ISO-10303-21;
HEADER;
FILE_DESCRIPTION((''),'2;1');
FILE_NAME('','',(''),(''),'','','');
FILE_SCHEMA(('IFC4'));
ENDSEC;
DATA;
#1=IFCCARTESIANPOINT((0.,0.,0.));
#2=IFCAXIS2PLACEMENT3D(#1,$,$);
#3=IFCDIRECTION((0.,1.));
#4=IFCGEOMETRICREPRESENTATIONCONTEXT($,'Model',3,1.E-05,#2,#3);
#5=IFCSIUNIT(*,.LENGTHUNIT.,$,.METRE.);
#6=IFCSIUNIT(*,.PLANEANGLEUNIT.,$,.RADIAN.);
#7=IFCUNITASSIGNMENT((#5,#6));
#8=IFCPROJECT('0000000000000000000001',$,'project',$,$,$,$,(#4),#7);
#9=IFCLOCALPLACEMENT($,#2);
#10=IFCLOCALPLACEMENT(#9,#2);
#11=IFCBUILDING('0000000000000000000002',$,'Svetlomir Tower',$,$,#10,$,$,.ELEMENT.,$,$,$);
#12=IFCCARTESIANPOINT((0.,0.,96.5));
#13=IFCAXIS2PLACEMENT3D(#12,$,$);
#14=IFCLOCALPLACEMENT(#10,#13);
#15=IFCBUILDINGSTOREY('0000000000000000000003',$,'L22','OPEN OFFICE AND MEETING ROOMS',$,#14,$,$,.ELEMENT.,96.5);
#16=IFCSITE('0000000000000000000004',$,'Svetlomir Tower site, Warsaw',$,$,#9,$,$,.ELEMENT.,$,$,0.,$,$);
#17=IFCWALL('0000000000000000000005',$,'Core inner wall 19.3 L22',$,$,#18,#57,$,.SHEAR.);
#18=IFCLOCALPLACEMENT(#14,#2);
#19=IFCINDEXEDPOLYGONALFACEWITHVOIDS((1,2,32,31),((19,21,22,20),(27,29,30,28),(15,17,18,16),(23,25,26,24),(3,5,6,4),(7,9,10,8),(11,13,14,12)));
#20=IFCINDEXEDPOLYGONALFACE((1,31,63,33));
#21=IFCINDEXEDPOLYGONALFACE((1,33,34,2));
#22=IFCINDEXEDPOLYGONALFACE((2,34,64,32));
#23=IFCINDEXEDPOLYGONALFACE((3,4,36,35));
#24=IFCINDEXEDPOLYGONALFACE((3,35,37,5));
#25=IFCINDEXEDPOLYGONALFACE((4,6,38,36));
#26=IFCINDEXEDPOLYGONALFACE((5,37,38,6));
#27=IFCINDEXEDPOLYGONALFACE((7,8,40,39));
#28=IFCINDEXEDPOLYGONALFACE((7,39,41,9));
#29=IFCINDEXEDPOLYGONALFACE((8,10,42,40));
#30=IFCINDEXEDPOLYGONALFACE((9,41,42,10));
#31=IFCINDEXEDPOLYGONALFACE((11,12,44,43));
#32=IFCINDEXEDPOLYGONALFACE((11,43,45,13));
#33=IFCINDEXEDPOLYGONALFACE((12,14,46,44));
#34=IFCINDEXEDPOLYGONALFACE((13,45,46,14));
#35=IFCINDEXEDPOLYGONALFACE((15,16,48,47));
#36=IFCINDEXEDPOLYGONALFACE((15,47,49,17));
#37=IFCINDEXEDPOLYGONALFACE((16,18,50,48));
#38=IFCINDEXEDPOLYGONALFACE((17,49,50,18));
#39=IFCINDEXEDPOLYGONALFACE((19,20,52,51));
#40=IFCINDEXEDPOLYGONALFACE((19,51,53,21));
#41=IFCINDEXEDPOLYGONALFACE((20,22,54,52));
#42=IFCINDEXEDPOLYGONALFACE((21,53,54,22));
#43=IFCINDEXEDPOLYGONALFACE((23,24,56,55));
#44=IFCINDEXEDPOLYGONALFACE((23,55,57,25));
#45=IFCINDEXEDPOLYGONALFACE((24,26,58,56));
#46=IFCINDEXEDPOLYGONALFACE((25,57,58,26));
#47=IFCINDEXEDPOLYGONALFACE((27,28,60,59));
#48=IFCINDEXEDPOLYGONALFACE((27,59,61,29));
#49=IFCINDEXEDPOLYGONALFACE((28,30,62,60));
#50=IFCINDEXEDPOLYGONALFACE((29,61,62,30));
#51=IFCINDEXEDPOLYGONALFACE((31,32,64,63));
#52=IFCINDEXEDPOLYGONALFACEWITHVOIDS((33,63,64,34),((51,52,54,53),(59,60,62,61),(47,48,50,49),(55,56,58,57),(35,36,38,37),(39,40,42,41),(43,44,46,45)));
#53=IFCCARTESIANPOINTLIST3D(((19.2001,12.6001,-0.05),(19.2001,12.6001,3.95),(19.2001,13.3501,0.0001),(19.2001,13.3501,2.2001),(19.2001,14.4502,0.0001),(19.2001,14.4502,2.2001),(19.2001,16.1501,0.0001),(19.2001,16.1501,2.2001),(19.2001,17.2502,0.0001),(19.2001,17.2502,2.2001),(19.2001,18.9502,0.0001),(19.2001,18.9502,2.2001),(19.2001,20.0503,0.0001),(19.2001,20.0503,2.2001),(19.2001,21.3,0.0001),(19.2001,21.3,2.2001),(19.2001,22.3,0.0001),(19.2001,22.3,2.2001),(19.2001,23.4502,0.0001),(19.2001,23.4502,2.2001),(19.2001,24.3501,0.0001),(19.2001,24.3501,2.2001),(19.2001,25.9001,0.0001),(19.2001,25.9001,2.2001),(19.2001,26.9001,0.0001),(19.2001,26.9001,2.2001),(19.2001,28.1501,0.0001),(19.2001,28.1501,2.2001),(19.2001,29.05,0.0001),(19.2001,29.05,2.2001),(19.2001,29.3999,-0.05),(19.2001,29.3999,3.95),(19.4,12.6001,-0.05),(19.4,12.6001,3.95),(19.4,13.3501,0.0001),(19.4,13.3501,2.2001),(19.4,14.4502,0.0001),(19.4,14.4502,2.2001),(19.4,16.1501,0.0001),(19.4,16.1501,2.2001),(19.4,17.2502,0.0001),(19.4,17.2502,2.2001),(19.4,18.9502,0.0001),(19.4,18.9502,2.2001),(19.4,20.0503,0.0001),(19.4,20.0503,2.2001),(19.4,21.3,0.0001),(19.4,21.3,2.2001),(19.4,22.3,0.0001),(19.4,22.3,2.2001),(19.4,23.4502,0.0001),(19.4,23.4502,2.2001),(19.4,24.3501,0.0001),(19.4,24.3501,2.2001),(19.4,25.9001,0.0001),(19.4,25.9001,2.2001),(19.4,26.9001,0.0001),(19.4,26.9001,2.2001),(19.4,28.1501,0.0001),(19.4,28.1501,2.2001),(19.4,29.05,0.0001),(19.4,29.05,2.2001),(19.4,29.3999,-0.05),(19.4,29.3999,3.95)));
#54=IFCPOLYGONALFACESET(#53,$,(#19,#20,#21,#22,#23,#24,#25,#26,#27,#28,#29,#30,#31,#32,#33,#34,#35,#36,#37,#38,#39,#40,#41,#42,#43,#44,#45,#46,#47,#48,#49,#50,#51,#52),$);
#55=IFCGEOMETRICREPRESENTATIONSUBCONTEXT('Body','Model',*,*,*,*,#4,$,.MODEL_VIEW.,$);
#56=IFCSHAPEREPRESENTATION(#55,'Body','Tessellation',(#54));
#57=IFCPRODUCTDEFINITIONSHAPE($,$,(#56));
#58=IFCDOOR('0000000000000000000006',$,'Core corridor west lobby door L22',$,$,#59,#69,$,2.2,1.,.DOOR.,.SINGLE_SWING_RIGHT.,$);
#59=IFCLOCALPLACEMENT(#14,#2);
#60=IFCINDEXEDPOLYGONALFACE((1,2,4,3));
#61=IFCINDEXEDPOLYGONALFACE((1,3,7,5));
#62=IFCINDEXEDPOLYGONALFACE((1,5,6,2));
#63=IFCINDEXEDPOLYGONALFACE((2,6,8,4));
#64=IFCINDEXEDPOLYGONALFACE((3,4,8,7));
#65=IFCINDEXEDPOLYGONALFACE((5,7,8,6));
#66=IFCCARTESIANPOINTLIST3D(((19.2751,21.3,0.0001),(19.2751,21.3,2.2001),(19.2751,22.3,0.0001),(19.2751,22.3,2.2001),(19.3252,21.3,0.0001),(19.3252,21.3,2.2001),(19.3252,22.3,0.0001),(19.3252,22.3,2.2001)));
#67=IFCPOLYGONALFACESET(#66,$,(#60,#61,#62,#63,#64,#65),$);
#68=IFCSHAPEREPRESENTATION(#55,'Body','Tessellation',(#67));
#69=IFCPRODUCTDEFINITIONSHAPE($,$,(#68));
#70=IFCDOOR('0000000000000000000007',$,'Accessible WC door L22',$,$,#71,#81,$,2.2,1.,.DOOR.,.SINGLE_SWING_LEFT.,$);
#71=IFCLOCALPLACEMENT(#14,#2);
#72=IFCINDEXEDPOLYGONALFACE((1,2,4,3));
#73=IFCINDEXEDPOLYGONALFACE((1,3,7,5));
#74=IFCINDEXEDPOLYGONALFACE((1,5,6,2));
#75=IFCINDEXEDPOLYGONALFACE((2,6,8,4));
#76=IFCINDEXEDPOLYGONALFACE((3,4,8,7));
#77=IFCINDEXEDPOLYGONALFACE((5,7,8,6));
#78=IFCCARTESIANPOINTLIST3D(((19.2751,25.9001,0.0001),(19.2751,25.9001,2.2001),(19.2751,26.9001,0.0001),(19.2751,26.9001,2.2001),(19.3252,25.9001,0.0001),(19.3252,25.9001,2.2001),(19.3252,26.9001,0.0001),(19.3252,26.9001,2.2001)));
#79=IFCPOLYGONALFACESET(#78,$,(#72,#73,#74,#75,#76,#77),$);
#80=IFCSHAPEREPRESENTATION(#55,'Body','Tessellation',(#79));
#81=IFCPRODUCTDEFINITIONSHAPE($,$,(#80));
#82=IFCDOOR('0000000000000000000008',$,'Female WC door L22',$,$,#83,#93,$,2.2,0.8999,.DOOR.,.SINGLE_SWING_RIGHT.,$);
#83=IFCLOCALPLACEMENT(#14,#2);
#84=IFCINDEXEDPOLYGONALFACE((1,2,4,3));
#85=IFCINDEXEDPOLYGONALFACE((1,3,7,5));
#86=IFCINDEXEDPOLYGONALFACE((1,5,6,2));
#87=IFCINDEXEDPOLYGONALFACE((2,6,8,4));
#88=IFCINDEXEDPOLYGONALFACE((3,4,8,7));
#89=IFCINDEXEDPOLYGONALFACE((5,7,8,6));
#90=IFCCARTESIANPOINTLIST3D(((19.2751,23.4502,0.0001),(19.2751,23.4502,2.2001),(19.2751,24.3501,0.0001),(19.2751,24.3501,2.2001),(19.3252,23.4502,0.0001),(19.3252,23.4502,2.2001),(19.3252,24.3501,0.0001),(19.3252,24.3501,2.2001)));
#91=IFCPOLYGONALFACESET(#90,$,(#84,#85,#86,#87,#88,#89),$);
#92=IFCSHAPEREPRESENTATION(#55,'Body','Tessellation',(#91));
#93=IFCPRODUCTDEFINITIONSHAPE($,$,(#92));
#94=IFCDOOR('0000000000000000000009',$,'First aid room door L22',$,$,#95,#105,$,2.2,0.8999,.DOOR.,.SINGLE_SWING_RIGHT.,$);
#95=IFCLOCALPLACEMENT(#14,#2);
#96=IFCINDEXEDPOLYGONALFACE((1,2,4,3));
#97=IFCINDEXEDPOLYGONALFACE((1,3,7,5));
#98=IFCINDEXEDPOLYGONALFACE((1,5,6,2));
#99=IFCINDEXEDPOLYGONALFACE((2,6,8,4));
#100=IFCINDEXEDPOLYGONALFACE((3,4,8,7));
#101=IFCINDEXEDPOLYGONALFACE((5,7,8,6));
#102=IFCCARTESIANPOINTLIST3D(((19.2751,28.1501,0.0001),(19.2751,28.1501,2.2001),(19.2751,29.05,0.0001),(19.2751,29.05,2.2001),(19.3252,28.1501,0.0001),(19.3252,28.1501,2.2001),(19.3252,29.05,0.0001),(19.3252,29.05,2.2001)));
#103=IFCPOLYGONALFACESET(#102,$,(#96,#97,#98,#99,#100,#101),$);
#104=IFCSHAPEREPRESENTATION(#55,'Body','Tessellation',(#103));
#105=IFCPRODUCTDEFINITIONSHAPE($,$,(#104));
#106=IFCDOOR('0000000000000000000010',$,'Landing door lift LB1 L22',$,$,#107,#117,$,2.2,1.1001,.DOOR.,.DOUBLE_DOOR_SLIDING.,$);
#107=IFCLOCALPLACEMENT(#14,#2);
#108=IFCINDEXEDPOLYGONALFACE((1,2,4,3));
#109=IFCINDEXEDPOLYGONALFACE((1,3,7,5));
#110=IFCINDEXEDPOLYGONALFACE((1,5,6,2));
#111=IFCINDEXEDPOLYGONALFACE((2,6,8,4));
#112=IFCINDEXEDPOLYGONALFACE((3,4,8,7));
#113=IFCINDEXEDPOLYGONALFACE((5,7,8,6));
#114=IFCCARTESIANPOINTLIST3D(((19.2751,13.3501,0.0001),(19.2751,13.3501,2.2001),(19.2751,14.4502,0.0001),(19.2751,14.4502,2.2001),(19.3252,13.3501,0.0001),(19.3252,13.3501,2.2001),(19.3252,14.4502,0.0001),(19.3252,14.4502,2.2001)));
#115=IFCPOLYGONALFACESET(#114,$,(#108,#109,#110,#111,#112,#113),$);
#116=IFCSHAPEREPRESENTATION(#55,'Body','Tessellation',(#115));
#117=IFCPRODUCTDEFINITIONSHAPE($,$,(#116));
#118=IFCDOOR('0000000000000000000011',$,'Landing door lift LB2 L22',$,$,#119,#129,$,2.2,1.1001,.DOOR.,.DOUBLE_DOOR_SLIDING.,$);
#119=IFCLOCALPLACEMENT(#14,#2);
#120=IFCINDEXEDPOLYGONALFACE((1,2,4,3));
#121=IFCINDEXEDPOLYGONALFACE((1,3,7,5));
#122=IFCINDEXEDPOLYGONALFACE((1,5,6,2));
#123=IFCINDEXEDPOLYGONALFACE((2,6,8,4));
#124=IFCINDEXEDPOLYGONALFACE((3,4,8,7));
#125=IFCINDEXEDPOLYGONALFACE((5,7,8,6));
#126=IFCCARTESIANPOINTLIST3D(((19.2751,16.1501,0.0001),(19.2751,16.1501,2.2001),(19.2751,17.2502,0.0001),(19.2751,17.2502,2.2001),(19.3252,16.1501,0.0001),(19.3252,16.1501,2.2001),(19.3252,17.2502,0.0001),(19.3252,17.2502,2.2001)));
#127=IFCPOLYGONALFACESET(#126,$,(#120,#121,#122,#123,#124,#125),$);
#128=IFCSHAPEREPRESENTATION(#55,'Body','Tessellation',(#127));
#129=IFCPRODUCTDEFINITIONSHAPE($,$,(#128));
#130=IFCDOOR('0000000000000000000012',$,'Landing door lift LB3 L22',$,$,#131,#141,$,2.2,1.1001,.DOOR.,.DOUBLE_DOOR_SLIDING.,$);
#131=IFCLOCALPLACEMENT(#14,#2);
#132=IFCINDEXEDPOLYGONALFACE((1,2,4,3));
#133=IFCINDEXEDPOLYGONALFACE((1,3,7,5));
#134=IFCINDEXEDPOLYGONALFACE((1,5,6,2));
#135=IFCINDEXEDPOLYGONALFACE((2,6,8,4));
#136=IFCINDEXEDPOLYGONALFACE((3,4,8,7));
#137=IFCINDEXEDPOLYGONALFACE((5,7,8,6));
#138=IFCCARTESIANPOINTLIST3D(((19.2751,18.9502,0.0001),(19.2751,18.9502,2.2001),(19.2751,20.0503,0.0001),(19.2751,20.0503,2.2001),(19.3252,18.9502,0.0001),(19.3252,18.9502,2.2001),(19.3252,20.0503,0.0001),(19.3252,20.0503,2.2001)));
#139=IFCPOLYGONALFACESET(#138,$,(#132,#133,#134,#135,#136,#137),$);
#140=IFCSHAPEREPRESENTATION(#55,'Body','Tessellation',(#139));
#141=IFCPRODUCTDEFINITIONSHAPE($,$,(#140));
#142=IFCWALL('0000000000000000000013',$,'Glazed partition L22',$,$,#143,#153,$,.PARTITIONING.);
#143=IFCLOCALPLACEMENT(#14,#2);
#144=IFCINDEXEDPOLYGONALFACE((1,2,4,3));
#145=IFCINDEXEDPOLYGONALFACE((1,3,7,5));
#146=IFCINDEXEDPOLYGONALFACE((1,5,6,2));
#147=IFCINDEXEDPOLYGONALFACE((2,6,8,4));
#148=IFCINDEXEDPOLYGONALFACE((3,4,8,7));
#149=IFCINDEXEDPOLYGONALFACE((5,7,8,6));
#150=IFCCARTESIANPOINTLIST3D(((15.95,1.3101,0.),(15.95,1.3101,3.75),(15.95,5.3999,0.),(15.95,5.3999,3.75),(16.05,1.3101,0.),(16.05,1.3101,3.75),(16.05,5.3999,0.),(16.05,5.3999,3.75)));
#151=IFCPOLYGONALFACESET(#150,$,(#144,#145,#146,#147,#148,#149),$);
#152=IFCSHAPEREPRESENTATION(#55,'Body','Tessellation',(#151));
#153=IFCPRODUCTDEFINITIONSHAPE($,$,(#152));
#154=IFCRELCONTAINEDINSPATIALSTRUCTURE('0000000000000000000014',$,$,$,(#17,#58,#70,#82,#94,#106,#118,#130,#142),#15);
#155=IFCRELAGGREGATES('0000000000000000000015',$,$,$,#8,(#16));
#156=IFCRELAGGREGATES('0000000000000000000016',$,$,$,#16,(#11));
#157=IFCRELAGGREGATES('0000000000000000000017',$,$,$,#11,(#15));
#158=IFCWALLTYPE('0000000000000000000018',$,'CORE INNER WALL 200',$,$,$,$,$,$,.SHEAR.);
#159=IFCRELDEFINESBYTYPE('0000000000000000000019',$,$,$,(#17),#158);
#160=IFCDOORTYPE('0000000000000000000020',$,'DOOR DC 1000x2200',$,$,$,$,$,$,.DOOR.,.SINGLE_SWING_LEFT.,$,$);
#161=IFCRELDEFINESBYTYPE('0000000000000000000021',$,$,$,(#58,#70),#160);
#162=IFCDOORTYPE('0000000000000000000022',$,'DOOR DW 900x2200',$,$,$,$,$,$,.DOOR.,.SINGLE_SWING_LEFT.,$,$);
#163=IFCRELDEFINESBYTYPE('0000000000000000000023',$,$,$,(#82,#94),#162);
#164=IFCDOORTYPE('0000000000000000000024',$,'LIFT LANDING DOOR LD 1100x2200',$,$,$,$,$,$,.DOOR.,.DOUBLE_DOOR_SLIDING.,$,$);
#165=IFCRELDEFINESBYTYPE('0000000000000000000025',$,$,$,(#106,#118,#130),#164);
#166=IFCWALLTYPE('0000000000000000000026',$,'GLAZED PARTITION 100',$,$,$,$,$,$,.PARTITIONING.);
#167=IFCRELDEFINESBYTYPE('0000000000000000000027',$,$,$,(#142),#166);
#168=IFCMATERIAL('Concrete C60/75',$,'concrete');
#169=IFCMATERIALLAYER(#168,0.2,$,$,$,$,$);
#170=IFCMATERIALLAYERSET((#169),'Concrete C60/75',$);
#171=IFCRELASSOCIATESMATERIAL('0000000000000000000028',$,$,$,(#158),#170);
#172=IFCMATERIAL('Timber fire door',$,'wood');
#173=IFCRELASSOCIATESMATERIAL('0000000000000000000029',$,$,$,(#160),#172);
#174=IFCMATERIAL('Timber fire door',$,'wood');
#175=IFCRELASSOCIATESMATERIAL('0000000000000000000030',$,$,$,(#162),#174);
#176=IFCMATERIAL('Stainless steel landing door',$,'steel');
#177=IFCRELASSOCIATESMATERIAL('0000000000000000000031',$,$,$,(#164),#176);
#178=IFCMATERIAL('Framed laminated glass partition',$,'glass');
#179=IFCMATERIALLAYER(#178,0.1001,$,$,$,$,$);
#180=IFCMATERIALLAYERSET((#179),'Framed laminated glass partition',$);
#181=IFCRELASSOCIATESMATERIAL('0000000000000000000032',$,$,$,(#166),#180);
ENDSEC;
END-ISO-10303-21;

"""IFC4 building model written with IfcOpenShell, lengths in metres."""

from ifc_helpers import new_model, si_unit, direction, frame, frame_2d, origin, place, context, subcontext, project, spatial, rectangle, extrude, material, layer, layer_set, type_object, element, fill, save


model = new_model("IFC4")

# Units and contexts
model_context = context("Model", 3, precision=1e-05, world=origin(), true_north=direction((0.0, 1.0)))
body_context = subcontext(model_context, "Body", "Model", "MODEL_VIEW")
ifc_project = project(units=[si_unit("LENGTHUNIT", "METRE"), si_unit("PLANEANGLEUNIT", "RADIAN")], contexts=[model_context])

# Site, building, storey
site_placement = place(None, origin())
site = spatial("IfcSite", under=ifc_project, at=site_placement, Name="Svetlomir Tower site, Warsaw", CompositionType="ELEMENT", RefElevation=0.0)
building_placement = place(site_placement, origin())
building = spatial("IfcBuilding", under=site, at=building_placement, Name="Svetlomir Tower", CompositionType="ELEMENT")
storey_placement = place(building_placement, frame((0.0, 0.0, 96.5)))
storey = spatial("IfcBuildingStorey", under=building, at=storey_placement, Name="L22", Description="OPEN OFFICE AND MEETING ROOMS", CompositionType="ELEMENT", Elevation=96.5)

# Shared definitions
ifc_material_1 = material(Name="Concrete C60/75", Category="concrete")
ifc_layer_1 = layer(ifc_material_1, 0.2)
ifc_layer_set_1 = layer_set([ifc_layer_1], Name="Concrete C60/75")
wall_type_1 = type_object("IfcWallType", Name="CORE INNER WALL 200", PredefinedType="SHEAR", material=ifc_layer_set_1)

# Wall, openings, doors
wall_1_placement = place(storey_placement, frame((19.3, 12.6001, -0.05), z_axis=(0.0, 0.0, 1.0), x_axis=(0.0, 1.0, 0.0)))
wall_1 = element("IfcWall", 1, at=wall_1_placement, inside=storey, type_object=wall_type_1, Name="Core inner wall 19.3 L22", PredefinedType="SHEAR", context=body_context, shape_type="SweptSolid", body=[
    extrude(rectangle(XDim=16.7998, YDim=0.2, at=frame_2d((8.3999, 0.0))), origin(), (0.0, 0.0, 1.0), 4.0),
])
opening_1_placement = place(wall_1_placement, frame((8.7, 0.0, 0.05)))
opening_1 = element("IfcOpeningElement", 2, at=opening_1_placement, cuts=wall_1, PredefinedType="OPENING", context=body_context, shape_type="SweptSolid", body=[
    extrude(rectangle(XDim=1.0, YDim=2.2, at=frame_2d((0.5, 1.1001))), frame((0.0, 0.1099, 0.0), z_axis=(0.0, -1.0, 0.0), x_axis=(1.0, 0.0, 0.0)), (0.0, 0.0, 1.0), 0.22),
])
opening_2_placement = place(wall_1_placement, frame((10.8501, 0.0, 0.05)))
opening_2 = element("IfcOpeningElement", 3, at=opening_2_placement, cuts=wall_1, PredefinedType="OPENING", context=body_context, shape_type="SweptSolid", body=[
    extrude(rectangle(XDim=0.8999, YDim=2.2, at=frame_2d((0.45, 1.1001))), frame((0.0, 0.1099, 0.0), z_axis=(0.0, -1.0, 0.0), x_axis=(1.0, 0.0, 0.0)), (0.0, 0.0, 1.0), 0.22),
])
opening_3_placement = place(wall_1_placement, frame((13.3, 0.0, 0.05)))
opening_3 = element("IfcOpeningElement", 4, at=opening_3_placement, cuts=wall_1, PredefinedType="OPENING", context=body_context, shape_type="SweptSolid", body=[
    extrude(rectangle(XDim=1.0, YDim=2.2, at=frame_2d((0.5, 1.1001))), frame((0.0, 0.1099, 0.0), z_axis=(0.0, -1.0, 0.0), x_axis=(1.0, 0.0, 0.0)), (0.0, 0.0, 1.0), 0.22),
])
opening_4_placement = place(wall_1_placement, frame((15.55, 0.0, 0.05)))
opening_4 = element("IfcOpeningElement", 5, at=opening_4_placement, cuts=wall_1, PredefinedType="OPENING", context=body_context, shape_type="SweptSolid", body=[
    extrude(rectangle(XDim=0.8999, YDim=2.2, at=frame_2d((0.45, 1.1001))), frame((0.0, 0.1099, 0.0), z_axis=(0.0, -1.0, 0.0), x_axis=(1.0, 0.0, 0.0)), (0.0, 0.0, 1.0), 0.22),
])
opening_5_placement = place(wall_1_placement, frame((0.75, 0.0, 0.05)))
opening_5 = element("IfcOpeningElement", 6, at=opening_5_placement, cuts=wall_1, PredefinedType="OPENING", context=body_context, shape_type="SweptSolid", body=[
    extrude(rectangle(XDim=1.1001, YDim=2.2, at=frame_2d((0.55, 1.1001))), frame((0.0, 0.1099, 0.0), z_axis=(0.0, -1.0, 0.0), x_axis=(1.0, 0.0, 0.0)), (0.0, 0.0, 1.0), 0.22),
])
opening_6_placement = place(wall_1_placement, frame((3.55, 0.0, 0.05)))
opening_6 = element("IfcOpeningElement", 7, at=opening_6_placement, cuts=wall_1, PredefinedType="OPENING", context=body_context, shape_type="SweptSolid", body=[
    extrude(rectangle(XDim=1.1001, YDim=2.2, at=frame_2d((0.55, 1.1001))), frame((0.0, 0.1099, 0.0), z_axis=(0.0, -1.0, 0.0), x_axis=(1.0, 0.0, 0.0)), (0.0, 0.0, 1.0), 0.22),
])
opening_7_placement = place(wall_1_placement, frame((6.3501, 0.0, 0.05)))
opening_7 = element("IfcOpeningElement", 8, at=opening_7_placement, cuts=wall_1, PredefinedType="OPENING", context=body_context, shape_type="SweptSolid", body=[
    extrude(rectangle(XDim=1.1001, YDim=2.2, at=frame_2d((0.55, 1.1001))), frame((0.0, 0.1099, 0.0), z_axis=(0.0, -1.0, 0.0), x_axis=(1.0, 0.0, 0.0)), (0.0, 0.0, 1.0), 0.22),
])
ifc_material_2 = material(Name="Timber fire door", Category="wood")
door_type_1 = type_object("IfcDoorType", Name="DOOR DC 1000x2200", OperationType="SINGLE_SWING_LEFT", PredefinedType="DOOR", material=ifc_material_2)
door_1_placement = place(opening_1_placement, origin())
door_1 = element("IfcDoor", 9, at=door_1_placement, inside=storey, type_object=door_type_1, Name="Core corridor west lobby door L22", OperationType="SINGLE_SWING_RIGHT", OverallHeight=2.2, OverallWidth=1.0, PredefinedType="DOOR", context=body_context, shape_type="SweptSolid", body=[
    extrude(rectangle(XDim=1.0, YDim=2.2, at=frame_2d((0.5, 1.1001))), frame((0.0, 0.0249, 0.0), z_axis=(0.0, -1.0, 0.0), x_axis=(1.0, 0.0, 0.0)), (0.0, 0.0, 1.0), 0.05),
])
fill(opening_1, door_1)
door_2_placement = place(opening_3_placement, origin())
door_2 = element("IfcDoor", 10, at=door_2_placement, inside=storey, type_object=door_type_1, Name="Accessible WC door L22", OperationType="SINGLE_SWING_LEFT", OverallHeight=2.2, OverallWidth=1.0, PredefinedType="DOOR", context=body_context, shape_type="SweptSolid", body=[
    extrude(rectangle(XDim=1.0, YDim=2.2, at=frame_2d((0.5, 1.1001))), frame((0.0, 0.0249, 0.0), z_axis=(0.0, -1.0, 0.0), x_axis=(1.0, 0.0, 0.0)), (0.0, 0.0, 1.0), 0.05),
])
fill(opening_3, door_2)
ifc_material_3 = material(Name="Timber fire door", Category="wood")
door_type_2 = type_object("IfcDoorType", Name="DOOR DW 900x2200", OperationType="SINGLE_SWING_LEFT", PredefinedType="DOOR", material=ifc_material_3)
door_3_placement = place(opening_2_placement, origin())
door_3 = element("IfcDoor", 11, at=door_3_placement, inside=storey, type_object=door_type_2, Name="Female WC door L22", OperationType="SINGLE_SWING_RIGHT", OverallHeight=2.2, OverallWidth=0.8999, PredefinedType="DOOR", context=body_context, shape_type="SweptSolid", body=[
    extrude(rectangle(XDim=0.8999, YDim=2.2, at=frame_2d((0.45, 1.1001))), frame((0.0, 0.0249, 0.0), z_axis=(0.0, -1.0, 0.0), x_axis=(1.0, 0.0, 0.0)), (0.0, 0.0, 1.0), 0.05),
])
fill(opening_2, door_3)
door_4_placement = place(opening_4_placement, origin())
door_4 = element("IfcDoor", 12, at=door_4_placement, inside=storey, type_object=door_type_2, Name="First aid room door L22", OperationType="SINGLE_SWING_RIGHT", OverallHeight=2.2, OverallWidth=0.8999, PredefinedType="DOOR", context=body_context, shape_type="SweptSolid", body=[
    extrude(rectangle(XDim=0.8999, YDim=2.2, at=frame_2d((0.45, 1.1001))), frame((0.0, 0.0249, 0.0), z_axis=(0.0, -1.0, 0.0), x_axis=(1.0, 0.0, 0.0)), (0.0, 0.0, 1.0), 0.05),
])
fill(opening_4, door_4)
ifc_material_4 = material(Name="Stainless steel landing door", Category="steel")
door_type_3 = type_object("IfcDoorType", Name="LIFT LANDING DOOR LD 1100x2200", OperationType="DOUBLE_DOOR_SLIDING", PredefinedType="DOOR", material=ifc_material_4)
door_5_placement = place(opening_5_placement, origin())
door_5 = element("IfcDoor", 13, at=door_5_placement, inside=storey, type_object=door_type_3, Name="Landing door lift LB1 L22", OperationType="DOUBLE_DOOR_SLIDING", OverallHeight=2.2, OverallWidth=1.1001, PredefinedType="DOOR", context=body_context, shape_type="SweptSolid", body=[
    extrude(rectangle(XDim=1.1001, YDim=2.2, at=frame_2d((0.55, 1.1001))), frame((0.0, 0.0249, 0.0), z_axis=(0.0, -1.0, 0.0), x_axis=(1.0, 0.0, 0.0)), (0.0, 0.0, 1.0), 0.05),
])
fill(opening_5, door_5)
door_6_placement = place(opening_6_placement, origin())
door_6 = element("IfcDoor", 14, at=door_6_placement, inside=storey, type_object=door_type_3, Name="Landing door lift LB2 L22", OperationType="DOUBLE_DOOR_SLIDING", OverallHeight=2.2, OverallWidth=1.1001, PredefinedType="DOOR", context=body_context, shape_type="SweptSolid", body=[
    extrude(rectangle(XDim=1.1001, YDim=2.2, at=frame_2d((0.55, 1.1001))), frame((0.0, 0.0249, 0.0), z_axis=(0.0, -1.0, 0.0), x_axis=(1.0, 0.0, 0.0)), (0.0, 0.0, 1.0), 0.05),
])
fill(opening_6, door_6)
door_7_placement = place(opening_7_placement, origin())
door_7 = element("IfcDoor", 15, at=door_7_placement, inside=storey, type_object=door_type_3, Name="Landing door lift LB3 L22", OperationType="DOUBLE_DOOR_SLIDING", OverallHeight=2.2, OverallWidth=1.1001, PredefinedType="DOOR", context=body_context, shape_type="SweptSolid", body=[
    extrude(rectangle(XDim=1.1001, YDim=2.2, at=frame_2d((0.55, 1.1001))), frame((0.0, 0.0249, 0.0), z_axis=(0.0, -1.0, 0.0), x_axis=(1.0, 0.0, 0.0)), (0.0, 0.0, 1.0), 0.05),
])
fill(opening_7, door_7)

# Wall
ifc_material_5 = material(Name="Framed laminated glass partition", Category="glass")
ifc_layer_2 = layer(ifc_material_5, 0.1001)
ifc_layer_set_2 = layer_set([ifc_layer_2], Name="Framed laminated glass partition")
wall_type_2 = type_object("IfcWallType", Name="GLAZED PARTITION 100", PredefinedType="PARTITIONING", material=ifc_layer_set_2)
wall_2_placement = place(storey_placement, frame((16.0, 1.3101, 0.0), z_axis=(0.0, 0.0, 1.0), x_axis=(0.0, 1.0, 0.0)))
element("IfcWall", 16, at=wall_2_placement, inside=storey, type_object=wall_type_2, Name="Glazed partition L22", PredefinedType="PARTITIONING", context=body_context, shape_type="SweptSolid", body=[
    extrude(rectangle(XDim=4.0898, YDim=0.1001, at=frame_2d((2.0449, 0.0))), origin(), (0.0, 0.0, 1.0), 3.75),
])

save(model, "model.ifc")
